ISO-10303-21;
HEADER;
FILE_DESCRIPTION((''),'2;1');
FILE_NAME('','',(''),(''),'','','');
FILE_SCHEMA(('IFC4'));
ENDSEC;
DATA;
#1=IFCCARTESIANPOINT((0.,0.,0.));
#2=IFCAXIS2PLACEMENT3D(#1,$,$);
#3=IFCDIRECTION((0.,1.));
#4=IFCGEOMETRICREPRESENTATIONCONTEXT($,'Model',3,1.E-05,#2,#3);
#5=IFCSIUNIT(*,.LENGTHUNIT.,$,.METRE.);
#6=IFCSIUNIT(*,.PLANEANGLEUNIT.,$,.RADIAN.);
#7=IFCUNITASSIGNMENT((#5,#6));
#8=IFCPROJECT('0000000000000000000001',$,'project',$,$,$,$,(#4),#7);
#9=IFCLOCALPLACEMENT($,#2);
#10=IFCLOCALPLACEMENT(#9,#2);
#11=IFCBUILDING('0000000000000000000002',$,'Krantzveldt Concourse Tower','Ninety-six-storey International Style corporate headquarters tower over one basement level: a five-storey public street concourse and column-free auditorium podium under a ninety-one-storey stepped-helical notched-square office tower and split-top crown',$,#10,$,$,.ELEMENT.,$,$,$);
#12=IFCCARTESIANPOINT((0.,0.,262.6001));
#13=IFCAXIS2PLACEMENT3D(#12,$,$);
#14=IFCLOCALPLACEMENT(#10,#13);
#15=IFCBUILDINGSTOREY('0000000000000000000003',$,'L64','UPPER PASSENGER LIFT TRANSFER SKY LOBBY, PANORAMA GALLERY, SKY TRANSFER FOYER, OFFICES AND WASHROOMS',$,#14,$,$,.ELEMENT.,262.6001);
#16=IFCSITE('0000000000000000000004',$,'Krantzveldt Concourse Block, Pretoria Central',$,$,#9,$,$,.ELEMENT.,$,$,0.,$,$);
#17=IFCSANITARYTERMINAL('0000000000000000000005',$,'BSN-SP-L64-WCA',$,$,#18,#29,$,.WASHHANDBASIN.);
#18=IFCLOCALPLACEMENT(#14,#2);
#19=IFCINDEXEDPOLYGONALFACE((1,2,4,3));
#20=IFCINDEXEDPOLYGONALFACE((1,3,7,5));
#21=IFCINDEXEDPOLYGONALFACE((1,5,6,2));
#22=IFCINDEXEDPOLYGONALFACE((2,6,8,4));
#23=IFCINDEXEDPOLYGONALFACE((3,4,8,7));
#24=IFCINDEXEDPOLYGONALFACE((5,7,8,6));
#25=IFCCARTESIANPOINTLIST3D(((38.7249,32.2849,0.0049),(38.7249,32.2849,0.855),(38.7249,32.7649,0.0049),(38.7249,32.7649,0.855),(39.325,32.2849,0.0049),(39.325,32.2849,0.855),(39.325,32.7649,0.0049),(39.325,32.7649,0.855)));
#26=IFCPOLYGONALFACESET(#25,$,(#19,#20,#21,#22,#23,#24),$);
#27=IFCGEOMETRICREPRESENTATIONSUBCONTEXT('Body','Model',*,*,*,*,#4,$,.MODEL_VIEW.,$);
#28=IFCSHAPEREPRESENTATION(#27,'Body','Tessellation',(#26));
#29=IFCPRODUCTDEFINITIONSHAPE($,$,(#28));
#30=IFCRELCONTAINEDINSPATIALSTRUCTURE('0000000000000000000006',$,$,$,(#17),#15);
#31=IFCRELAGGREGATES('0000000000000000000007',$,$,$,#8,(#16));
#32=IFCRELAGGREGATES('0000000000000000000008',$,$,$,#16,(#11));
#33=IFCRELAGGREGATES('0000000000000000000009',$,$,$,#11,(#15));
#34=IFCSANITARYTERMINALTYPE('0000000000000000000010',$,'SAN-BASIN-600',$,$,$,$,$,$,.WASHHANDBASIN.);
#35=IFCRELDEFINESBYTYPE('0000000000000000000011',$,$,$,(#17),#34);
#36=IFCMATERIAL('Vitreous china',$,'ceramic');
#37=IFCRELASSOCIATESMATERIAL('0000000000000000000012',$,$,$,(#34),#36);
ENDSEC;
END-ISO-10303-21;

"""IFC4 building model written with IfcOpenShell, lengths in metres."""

from ifc_helpers import new_model, si_unit, direction, frame, origin, origin_2d, place, context, subcontext, project, spatial, rectangle, extrude, source, transform, mapped, material, type_object, type_shapes, element, save


model = new_model("IFC4")

# Units and contexts
model_context = context("Model", 3, precision=1e-05, world=origin(), true_north=direction((0.0, 1.0)))
body_context = subcontext(model_context, "Body", "Model", "MODEL_VIEW")
ifc_project = project(units=[si_unit("LENGTHUNIT", "METRE"), si_unit("PLANEANGLEUNIT", "RADIAN")], contexts=[model_context])

# Site, building, storey
site_placement = place(None, origin())
site = spatial("IfcSite", under=ifc_project, at=site_placement, Name="Krantzveldt Concourse Block, Pretoria Central", CompositionType="ELEMENT", RefElevation=0.0)
building_placement = place(site_placement, origin())
building = spatial("IfcBuilding", under=site, at=building_placement, Name="Krantzveldt Concourse Tower", Description="Ninety-six-storey International Style corporate headquarters tower over one basement level: a five-storey public street concourse and column-free auditorium podium under a ninety-one-storey stepped-helical notched-square office tower and split-top crown", CompositionType="ELEMENT")
storey_placement = place(building_placement, frame((0.0, 0.0, 262.6001)))
storey = spatial("IfcBuildingStorey", under=building, at=storey_placement, Name="L64", Description="UPPER PASSENGER LIFT TRANSFER SKY LOBBY, PANORAMA GALLERY, SKY TRANSFER FOYER, OFFICES AND WASHROOMS", CompositionType="ELEMENT", Elevation=262.6001)

# Sanitary terminal
ifc_material_1 = material(Name="Vitreous china", Category="ceramic")
sanitary_terminal_type_1 = type_object("IfcSanitaryTerminalType", Name="SAN-BASIN-600", PredefinedType="WASHHANDBASIN", material=ifc_material_1)
shared_shape_1 = source(origin(), body_context, "Body", "SweptSolid", [
    extrude(rectangle(XDim=0.6001, YDim=0.48, at=origin_2d()), origin(), (0.0, 0.0, 1.0), 0.8501),
])
type_shapes(sanitary_terminal_type_1, [shared_shape_1])
sanitary_terminal_1_placement = place(storey_placement, frame((39.0249, 32.5249, 0.0049), z_axis=(0.0, 0.0, 1.0), x_axis=(1.0, 0.0, 0.0)))
element("IfcSanitaryTerminal", 1, at=sanitary_terminal_1_placement, inside=storey, type_object=sanitary_terminal_type_1, Name="BSN-SP-L64-WCA", PredefinedType="WASHHANDBASIN", context=body_context, shape_type="MappedRepresentation", body=[
    mapped(shared_shape_1, transform((0.0, 0.0, 0.0), x_axis=(1.0, 0.0, 0.0), y_axis=(0.0, 1.0, 0.0), z_axis=(0.0, 0.0, 1.0), scale=1.0)),
])

save(model, "model.ifc")
